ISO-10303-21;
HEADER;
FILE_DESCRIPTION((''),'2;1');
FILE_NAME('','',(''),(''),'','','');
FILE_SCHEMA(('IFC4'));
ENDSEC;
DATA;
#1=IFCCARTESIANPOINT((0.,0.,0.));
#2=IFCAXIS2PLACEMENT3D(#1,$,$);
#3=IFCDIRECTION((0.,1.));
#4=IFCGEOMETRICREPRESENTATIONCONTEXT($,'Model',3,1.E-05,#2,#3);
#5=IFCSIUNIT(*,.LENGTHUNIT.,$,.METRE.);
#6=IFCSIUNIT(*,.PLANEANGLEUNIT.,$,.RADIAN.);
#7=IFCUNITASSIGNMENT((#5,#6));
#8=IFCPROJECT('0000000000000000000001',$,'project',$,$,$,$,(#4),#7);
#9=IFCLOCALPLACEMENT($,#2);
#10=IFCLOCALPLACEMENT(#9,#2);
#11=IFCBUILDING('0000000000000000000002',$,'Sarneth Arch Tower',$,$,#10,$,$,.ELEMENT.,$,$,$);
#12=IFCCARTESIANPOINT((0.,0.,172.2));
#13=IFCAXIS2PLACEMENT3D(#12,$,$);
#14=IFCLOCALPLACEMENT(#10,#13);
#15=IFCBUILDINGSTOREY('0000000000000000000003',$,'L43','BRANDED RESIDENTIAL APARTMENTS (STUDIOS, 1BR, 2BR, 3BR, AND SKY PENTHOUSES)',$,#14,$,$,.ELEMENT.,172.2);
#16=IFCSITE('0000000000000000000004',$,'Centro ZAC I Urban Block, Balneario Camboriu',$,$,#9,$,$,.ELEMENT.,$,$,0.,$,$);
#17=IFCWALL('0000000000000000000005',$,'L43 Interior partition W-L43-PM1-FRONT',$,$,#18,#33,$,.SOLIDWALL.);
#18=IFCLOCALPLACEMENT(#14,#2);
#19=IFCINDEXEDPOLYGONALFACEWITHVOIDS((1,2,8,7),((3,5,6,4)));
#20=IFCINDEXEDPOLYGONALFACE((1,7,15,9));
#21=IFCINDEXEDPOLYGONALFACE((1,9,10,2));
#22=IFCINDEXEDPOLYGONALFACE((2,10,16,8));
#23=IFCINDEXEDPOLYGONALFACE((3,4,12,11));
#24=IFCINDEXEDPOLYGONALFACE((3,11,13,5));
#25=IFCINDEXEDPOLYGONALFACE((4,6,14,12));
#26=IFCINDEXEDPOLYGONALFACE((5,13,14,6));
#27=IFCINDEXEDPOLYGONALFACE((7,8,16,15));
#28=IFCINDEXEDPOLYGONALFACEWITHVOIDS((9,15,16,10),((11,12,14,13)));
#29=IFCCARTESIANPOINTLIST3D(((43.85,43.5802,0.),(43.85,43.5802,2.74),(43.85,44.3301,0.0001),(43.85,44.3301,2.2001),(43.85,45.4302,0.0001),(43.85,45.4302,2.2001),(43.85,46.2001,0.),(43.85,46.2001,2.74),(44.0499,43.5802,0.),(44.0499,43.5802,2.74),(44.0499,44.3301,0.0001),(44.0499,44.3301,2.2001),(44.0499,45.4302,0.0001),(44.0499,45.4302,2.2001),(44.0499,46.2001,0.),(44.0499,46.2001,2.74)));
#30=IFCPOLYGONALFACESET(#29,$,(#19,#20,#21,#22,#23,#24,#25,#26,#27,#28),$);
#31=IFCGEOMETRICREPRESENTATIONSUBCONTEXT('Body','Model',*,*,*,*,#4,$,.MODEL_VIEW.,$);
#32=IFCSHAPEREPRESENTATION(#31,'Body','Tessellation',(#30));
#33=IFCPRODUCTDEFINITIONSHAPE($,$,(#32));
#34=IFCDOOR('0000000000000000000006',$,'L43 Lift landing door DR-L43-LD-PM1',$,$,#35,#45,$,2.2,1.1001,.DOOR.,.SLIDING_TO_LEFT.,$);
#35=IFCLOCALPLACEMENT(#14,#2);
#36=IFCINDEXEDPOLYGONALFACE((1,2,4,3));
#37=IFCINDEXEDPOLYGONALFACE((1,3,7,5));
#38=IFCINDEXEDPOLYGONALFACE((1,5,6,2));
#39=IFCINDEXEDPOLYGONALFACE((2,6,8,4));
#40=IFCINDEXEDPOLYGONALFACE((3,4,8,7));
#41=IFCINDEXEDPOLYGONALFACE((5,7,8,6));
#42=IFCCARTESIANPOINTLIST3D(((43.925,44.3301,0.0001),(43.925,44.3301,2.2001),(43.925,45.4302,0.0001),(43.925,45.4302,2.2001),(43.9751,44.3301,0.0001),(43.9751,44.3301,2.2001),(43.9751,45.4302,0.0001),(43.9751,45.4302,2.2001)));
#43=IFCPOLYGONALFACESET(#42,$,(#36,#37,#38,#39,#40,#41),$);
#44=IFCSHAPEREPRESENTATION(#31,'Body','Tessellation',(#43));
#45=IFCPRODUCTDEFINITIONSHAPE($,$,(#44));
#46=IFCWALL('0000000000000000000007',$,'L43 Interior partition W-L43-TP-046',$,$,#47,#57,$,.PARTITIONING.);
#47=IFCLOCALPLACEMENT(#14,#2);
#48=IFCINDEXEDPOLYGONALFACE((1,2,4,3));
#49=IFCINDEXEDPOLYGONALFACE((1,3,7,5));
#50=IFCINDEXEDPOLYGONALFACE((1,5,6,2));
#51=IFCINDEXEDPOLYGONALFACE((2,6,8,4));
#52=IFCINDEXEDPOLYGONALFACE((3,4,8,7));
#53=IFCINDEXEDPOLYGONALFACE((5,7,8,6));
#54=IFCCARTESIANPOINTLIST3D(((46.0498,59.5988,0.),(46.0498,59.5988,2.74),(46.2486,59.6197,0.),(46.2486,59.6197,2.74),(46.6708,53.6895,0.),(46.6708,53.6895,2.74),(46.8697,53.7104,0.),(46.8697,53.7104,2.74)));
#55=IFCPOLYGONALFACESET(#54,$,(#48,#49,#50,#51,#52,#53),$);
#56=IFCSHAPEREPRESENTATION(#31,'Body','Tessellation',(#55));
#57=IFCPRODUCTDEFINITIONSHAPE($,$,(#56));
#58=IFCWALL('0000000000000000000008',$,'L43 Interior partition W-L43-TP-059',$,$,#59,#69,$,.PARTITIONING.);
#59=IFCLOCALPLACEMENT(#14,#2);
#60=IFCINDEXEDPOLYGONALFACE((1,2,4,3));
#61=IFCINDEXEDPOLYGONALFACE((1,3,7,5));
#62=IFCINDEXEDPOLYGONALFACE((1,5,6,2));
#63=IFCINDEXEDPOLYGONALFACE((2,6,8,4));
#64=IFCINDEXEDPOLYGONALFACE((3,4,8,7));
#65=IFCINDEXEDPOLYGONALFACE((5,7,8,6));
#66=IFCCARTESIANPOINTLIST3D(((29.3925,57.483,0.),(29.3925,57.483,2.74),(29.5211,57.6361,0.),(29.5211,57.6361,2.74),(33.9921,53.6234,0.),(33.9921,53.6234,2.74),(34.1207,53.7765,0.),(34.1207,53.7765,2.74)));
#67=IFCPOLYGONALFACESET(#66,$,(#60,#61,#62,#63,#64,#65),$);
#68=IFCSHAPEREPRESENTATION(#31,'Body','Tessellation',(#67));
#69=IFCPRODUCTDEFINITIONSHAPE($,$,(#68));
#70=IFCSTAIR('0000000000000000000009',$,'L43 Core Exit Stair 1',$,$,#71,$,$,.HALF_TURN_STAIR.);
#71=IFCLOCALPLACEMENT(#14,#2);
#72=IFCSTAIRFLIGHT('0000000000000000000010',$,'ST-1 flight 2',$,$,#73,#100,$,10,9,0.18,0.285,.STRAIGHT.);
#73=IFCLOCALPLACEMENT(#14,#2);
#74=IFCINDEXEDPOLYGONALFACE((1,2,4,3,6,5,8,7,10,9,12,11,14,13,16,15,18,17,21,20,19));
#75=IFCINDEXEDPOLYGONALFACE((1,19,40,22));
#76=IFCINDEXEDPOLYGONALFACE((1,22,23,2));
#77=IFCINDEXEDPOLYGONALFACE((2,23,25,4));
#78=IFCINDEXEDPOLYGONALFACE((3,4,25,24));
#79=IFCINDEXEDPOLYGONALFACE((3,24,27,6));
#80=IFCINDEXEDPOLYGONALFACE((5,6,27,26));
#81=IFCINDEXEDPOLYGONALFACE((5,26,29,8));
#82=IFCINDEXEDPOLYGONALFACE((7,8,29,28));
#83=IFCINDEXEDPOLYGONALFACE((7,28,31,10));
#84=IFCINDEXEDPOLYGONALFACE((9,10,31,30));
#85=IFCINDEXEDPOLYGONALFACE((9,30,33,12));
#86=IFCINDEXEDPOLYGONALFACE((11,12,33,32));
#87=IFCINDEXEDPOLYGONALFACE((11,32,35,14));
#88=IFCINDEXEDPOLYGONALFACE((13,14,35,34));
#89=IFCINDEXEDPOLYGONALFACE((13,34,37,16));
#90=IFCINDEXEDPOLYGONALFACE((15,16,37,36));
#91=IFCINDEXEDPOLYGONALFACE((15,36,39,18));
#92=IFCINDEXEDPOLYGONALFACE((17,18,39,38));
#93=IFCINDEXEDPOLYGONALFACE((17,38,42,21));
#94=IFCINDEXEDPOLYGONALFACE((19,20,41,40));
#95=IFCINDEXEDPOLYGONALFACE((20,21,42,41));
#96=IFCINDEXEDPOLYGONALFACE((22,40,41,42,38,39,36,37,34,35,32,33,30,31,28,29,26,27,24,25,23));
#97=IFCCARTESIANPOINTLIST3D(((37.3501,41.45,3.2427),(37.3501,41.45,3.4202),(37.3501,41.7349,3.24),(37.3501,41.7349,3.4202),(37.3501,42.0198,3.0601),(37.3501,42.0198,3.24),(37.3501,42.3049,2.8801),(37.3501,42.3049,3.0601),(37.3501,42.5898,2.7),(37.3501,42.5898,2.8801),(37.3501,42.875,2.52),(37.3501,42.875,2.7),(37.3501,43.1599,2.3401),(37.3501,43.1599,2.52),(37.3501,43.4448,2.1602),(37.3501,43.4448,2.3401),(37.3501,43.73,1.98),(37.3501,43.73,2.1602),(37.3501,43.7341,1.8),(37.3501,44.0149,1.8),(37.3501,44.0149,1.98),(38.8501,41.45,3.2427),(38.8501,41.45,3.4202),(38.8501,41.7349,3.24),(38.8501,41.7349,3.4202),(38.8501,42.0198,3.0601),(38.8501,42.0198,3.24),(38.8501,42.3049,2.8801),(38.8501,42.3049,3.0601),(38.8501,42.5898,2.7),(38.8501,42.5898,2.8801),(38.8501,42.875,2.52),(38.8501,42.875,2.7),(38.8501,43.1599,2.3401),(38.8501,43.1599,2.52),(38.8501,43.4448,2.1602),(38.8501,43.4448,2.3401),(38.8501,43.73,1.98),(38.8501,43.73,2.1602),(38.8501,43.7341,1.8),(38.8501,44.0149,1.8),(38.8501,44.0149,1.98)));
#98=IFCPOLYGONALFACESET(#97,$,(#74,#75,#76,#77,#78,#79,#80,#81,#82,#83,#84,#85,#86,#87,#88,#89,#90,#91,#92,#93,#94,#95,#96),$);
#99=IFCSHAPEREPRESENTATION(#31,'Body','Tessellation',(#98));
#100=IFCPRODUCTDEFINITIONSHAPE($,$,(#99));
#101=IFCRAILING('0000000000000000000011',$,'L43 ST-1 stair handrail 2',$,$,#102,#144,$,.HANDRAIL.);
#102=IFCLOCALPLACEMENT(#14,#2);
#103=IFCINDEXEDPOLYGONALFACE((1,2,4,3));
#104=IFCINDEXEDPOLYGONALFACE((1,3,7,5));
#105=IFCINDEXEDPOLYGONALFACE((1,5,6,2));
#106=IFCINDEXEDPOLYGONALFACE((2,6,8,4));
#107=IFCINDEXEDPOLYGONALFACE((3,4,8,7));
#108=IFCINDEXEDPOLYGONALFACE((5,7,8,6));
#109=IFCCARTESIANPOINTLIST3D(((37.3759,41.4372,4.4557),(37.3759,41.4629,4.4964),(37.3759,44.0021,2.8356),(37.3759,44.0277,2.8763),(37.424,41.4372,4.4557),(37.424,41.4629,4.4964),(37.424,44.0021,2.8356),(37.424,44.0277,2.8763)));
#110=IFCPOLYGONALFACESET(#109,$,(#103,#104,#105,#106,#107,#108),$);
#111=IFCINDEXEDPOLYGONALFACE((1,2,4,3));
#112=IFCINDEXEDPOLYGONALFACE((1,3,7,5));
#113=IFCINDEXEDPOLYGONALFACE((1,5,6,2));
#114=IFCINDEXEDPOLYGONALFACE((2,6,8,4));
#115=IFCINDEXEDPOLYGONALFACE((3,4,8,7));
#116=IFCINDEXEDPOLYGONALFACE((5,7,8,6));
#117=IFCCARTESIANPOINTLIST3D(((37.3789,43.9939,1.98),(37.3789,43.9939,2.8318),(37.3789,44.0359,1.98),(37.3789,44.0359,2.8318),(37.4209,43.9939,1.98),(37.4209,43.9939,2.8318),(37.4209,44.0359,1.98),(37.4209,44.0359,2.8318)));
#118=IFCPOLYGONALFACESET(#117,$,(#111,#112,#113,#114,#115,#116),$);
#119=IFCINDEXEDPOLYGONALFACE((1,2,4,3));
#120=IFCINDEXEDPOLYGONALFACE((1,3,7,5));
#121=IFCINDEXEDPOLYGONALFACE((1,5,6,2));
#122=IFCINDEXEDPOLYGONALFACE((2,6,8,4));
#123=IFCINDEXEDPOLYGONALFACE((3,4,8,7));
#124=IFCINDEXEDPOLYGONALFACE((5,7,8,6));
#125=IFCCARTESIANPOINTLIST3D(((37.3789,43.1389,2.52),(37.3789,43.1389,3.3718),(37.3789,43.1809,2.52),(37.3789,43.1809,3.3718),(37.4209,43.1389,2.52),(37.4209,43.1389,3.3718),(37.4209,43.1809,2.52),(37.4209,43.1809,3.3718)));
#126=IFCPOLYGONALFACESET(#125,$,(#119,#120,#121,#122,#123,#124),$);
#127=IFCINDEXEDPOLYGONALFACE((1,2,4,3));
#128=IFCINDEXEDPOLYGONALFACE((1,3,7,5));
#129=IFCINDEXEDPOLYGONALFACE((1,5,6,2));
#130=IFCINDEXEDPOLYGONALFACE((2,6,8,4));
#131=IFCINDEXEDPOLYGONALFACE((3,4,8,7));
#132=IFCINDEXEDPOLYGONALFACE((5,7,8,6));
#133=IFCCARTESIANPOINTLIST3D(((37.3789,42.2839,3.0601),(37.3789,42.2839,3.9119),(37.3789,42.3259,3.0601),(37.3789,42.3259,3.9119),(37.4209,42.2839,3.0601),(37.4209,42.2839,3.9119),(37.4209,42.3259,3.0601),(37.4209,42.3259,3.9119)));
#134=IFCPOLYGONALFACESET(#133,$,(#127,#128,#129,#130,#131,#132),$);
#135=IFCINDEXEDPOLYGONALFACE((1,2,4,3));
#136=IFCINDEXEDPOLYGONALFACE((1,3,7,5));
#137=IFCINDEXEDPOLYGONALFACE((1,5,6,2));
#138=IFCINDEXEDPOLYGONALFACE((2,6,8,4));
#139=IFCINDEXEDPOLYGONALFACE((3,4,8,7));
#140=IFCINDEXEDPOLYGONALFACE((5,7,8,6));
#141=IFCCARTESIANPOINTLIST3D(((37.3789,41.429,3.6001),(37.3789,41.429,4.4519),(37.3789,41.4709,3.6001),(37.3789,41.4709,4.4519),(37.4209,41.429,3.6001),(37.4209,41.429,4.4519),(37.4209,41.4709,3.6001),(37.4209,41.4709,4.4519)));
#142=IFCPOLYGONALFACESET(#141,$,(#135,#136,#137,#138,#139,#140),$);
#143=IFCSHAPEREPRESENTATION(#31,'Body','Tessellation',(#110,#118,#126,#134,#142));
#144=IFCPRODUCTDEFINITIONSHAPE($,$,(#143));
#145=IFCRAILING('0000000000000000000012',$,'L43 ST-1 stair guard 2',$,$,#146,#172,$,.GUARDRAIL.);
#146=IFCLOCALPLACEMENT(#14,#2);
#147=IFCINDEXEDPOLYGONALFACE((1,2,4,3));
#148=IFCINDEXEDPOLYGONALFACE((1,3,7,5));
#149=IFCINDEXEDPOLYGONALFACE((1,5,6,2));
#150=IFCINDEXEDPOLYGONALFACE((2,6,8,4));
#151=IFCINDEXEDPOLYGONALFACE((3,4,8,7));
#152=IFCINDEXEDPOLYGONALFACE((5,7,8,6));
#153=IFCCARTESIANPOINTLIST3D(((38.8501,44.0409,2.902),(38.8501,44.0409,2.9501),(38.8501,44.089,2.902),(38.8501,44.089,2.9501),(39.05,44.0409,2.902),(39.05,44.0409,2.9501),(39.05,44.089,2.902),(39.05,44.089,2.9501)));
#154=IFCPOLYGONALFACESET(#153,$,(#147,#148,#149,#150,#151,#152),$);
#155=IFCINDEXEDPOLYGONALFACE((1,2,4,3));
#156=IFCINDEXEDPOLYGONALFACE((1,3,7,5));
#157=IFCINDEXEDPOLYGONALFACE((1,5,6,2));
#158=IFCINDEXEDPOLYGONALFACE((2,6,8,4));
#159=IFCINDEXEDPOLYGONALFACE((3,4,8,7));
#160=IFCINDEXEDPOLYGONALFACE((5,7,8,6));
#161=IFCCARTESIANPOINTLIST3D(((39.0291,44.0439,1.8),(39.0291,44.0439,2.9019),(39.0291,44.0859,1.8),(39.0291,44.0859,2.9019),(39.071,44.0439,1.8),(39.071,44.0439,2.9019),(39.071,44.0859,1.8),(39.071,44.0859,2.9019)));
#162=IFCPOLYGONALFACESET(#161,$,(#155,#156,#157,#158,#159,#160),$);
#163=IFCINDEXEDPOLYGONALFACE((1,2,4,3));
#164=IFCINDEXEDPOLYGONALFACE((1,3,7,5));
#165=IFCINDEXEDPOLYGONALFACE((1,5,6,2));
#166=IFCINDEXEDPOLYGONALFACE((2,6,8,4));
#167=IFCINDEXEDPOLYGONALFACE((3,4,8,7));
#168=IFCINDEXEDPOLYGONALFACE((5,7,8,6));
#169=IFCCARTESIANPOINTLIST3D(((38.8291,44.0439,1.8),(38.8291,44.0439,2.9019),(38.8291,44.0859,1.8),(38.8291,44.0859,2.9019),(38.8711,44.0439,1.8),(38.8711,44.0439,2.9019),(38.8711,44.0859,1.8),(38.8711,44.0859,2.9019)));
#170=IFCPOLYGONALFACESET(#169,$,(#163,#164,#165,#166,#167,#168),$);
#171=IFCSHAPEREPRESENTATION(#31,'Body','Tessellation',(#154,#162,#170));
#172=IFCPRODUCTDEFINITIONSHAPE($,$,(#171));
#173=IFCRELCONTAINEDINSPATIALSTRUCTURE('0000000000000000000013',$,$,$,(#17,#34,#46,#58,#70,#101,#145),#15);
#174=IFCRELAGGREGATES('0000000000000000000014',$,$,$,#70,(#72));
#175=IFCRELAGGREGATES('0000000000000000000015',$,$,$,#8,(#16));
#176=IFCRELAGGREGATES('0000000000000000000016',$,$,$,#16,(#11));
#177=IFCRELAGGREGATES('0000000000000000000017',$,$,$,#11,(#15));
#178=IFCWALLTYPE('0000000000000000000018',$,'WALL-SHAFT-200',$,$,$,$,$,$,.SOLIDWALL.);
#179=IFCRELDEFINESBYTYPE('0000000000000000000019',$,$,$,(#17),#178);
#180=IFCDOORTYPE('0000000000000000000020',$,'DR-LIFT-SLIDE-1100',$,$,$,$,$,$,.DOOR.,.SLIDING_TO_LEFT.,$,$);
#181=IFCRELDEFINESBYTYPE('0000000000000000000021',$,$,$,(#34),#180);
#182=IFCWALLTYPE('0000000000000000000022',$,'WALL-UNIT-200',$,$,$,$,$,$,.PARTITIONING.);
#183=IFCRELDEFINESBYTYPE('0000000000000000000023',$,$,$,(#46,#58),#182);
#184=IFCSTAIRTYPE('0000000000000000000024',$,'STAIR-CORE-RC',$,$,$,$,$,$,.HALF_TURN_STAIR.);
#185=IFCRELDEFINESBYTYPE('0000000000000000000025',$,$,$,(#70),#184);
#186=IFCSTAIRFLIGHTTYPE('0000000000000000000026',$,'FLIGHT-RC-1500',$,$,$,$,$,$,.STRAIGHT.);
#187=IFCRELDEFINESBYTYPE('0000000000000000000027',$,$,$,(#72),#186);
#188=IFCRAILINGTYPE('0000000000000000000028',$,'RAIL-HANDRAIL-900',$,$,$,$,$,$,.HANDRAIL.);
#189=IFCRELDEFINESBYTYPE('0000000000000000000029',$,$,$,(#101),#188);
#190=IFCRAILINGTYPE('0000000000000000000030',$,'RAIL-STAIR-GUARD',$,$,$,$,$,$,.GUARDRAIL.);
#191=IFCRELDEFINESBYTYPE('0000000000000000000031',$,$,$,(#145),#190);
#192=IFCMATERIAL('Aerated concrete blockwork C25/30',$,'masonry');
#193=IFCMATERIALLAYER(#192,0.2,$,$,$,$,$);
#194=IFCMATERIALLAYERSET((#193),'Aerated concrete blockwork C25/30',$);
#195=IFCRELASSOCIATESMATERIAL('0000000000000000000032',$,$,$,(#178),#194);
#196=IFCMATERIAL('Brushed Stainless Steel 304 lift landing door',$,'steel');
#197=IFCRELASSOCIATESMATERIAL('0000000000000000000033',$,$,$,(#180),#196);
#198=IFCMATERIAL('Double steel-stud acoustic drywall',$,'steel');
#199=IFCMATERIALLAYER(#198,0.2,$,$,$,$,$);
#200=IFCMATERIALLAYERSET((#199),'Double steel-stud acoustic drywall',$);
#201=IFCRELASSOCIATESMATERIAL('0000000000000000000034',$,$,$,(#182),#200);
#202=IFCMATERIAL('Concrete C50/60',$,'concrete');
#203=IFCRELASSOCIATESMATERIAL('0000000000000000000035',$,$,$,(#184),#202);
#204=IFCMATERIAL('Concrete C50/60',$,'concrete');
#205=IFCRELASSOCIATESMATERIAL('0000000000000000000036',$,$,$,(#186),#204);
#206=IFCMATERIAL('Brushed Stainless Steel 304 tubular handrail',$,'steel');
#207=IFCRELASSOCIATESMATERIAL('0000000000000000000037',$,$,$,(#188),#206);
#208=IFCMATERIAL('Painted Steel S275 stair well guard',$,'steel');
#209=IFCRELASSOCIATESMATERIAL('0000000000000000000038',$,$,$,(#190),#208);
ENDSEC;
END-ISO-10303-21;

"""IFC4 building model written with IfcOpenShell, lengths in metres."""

from ifc_helpers import new_model, si_unit, direction, frame, frame_2d, origin, origin_2d, place, context, subcontext, project, spatial, polyline, rectangle, outline, extrude, material, layer, layer_set, type_object, element, fill, aggregate, save


model = new_model("IFC4")

# Units and contexts
model_context = context("Model", 3, precision=1e-05, world=origin(), true_north=direction((0.0, 1.0)))
body_context = subcontext(model_context, "Body", "Model", "MODEL_VIEW")
ifc_project = project(units=[si_unit("LENGTHUNIT", "METRE"), si_unit("PLANEANGLEUNIT", "RADIAN")], contexts=[model_context])

# Site, building, storey
site_placement = place(None, origin())
site = spatial("IfcSite", under=ifc_project, at=site_placement, Name="Centro ZAC I Urban Block, Balneario Camboriu", CompositionType="ELEMENT", RefElevation=0.0)
building_placement = place(site_placement, origin())
building = spatial("IfcBuilding", under=site, at=building_placement, Name="Sarneth Arch Tower", CompositionType="ELEMENT")
storey_placement = place(building_placement, frame((0.0, 0.0, 172.2)))
storey = spatial("IfcBuildingStorey", under=building, at=storey_placement, Name="L43", Description="BRANDED RESIDENTIAL APARTMENTS (STUDIOS, 1BR, 2BR, 3BR, AND SKY PENTHOUSES)", CompositionType="ELEMENT", Elevation=172.2)

# Shared definitions
ifc_material_1 = material(Name="Aerated concrete blockwork C25/30", Category="masonry")
ifc_layer_1 = layer(ifc_material_1, 0.2)
ifc_layer_set_1 = layer_set([ifc_layer_1], Name="Aerated concrete blockwork C25/30")
wall_type_1 = type_object("IfcWallType", Name="WALL-SHAFT-200", PredefinedType="SOLIDWALL", material=ifc_layer_set_1)

# Wall, opening, door
wall_1_placement = place(storey_placement, frame((43.95, 43.5801, 0.0), z_axis=(0.0, 0.0, 1.0), x_axis=(0.0, 1.0, 0.0)))
wall_1 = element("IfcWall", 1, at=wall_1_placement, inside=storey, type_object=wall_type_1, Name="L43 Interior partition W-L43-PM1-FRONT", PredefinedType="SOLIDWALL", context=body_context, shape_type="SweptSolid", body=[
    extrude(rectangle(XDim=2.6199, YDim=0.2, at=frame_2d((1.3101, 0.0))), origin(), (0.0, 0.0, 1.0), 2.74),
])
opening_1_placement = place(wall_1_placement, frame((0.75, 0.0, 0.0)))
opening_1 = element("IfcOpeningElement", 2, at=opening_1_placement, cuts=wall_1, PredefinedType="OPENING", context=body_context, shape_type="SweptSolid", body=[
    extrude(rectangle(XDim=1.1001, YDim=2.2, at=frame_2d((0.55, 1.1001))), frame((0.0, 0.1099, 0.0), z_axis=(0.0, -1.0, 0.0), x_axis=(1.0, 0.0, 0.0)), (0.0, 0.0, 1.0), 0.22),
])
ifc_material_2 = material(Name="Brushed Stainless Steel 304 lift landing door", Category="steel")
door_type_1 = type_object("IfcDoorType", Name="DR-LIFT-SLIDE-1100", OperationType="SLIDING_TO_LEFT", PredefinedType="DOOR", material=ifc_material_2)
door_1_placement = place(opening_1_placement, origin())
door_1 = element("IfcDoor", 3, at=door_1_placement, inside=storey, type_object=door_type_1, Name="L43 Lift landing door DR-L43-LD-PM1", OperationType="SLIDING_TO_LEFT", OverallHeight=2.2, OverallWidth=1.1001, PredefinedType="DOOR", context=body_context, shape_type="SweptSolid", body=[
    extrude(rectangle(XDim=1.1001, YDim=2.2, at=frame_2d((0.55, 1.1001))), frame((0.0, 0.0249, 0.0), z_axis=(0.0, -1.0, 0.0), x_axis=(1.0, 0.0, 0.0)), (0.0, 0.0, 1.0), 0.05),
])
fill(opening_1, door_1)

# Walls
ifc_material_3 = material(Name="Double steel-stud acoustic drywall", Category="steel")
ifc_layer_2 = layer(ifc_material_3, 0.2)
ifc_layer_set_2 = layer_set([ifc_layer_2], Name="Double steel-stud acoustic drywall")
wall_type_2 = type_object("IfcWallType", Name="WALL-UNIT-200", PredefinedType="PARTITIONING", material=ifc_layer_set_2)
wall_2_placement = place(storey_placement, frame((46.7703, 53.7, 0.0), z_axis=(0.0, 0.0, 1.0), x_axis=(-0.104527, 0.994522, 0.0)))
element("IfcWall", 4, at=wall_2_placement, inside=storey, type_object=wall_type_2, Name="L43 Interior partition W-L43-TP-046", PredefinedType="PARTITIONING", context=body_context, shape_type="SweptSolid", body=[
    extrude(rectangle(XDim=5.9419, YDim=0.2, at=frame_2d((2.9709, 0.0))), origin(), (0.0, 0.0, 1.0), 2.74),
])
wall_3_placement = place(storey_placement, frame((34.0564, 53.7, 0.0), z_axis=(0.0, 0.0, 1.0), x_axis=(-0.766037, 0.642796, 0.0)))
element("IfcWall", 5, at=wall_3_placement, inside=storey, type_object=wall_type_2, Name="L43 Interior partition W-L43-TP-059", PredefinedType="PARTITIONING", context=body_context, shape_type="SweptSolid", body=[
    extrude(rectangle(XDim=6.0044, YDim=0.2, at=frame_2d((3.0022, 0.0))), origin(), (0.0, 0.0, 1.0), 2.74),
])

# Stair, stair flight
ifc_material_4 = material(Name="Concrete C50/60", Category="concrete")
stair_type = type_object("IfcStairType", Name="STAIR-CORE-RC", PredefinedType="HALF_TURN_STAIR", material=ifc_material_4)
stair_placement = place(storey_placement, origin())
stair = element("IfcStair", 6, at=stair_placement, inside=storey, type_object=stair_type, Name="L43 Core Exit Stair 1", PredefinedType="HALF_TURN_STAIR")
ifc_material_5 = material(Name="Concrete C50/60", Category="concrete")
stair_flight_type = type_object("IfcStairFlightType", Name="FLIGHT-RC-1500", PredefinedType="STRAIGHT", material=ifc_material_5)
stair_flight_placement = place(storey_placement, frame((38.1001, 44.0149, 1.8), z_axis=(0.0, 0.0, 1.0), x_axis=(0.0, -1.0, 0.0)))
stair_flight = element("IfcStairFlight", 7, at=stair_flight_placement, type_object=stair_flight_type, Name="ST-1 flight 2", NumberOfRisers=10, NumberOfTreads=9, PredefinedType="STRAIGHT", RiserHeight=0.18, TreadLength=0.285, context=body_context, shape_type="SweptSolid", body=[
    extrude(outline(polyline([(0.0, 0.0), (0.0, 0.1799), (0.2849, 0.1799), (0.2849, 0.3601), (0.5701, 0.3601), (0.5701, 0.54), (0.855, 0.54), (0.855, 0.72), (1.1399, 0.72), (1.1399, 0.8999), (1.425, 0.8999), (1.425, 1.0801), (1.71, 1.0801), (1.71, 1.26), (1.9951, 1.26), (1.9951, 1.4399), (2.28, 1.4399), (2.28, 1.6201), (2.5649, 1.6201), (2.5649, 1.8), (2.5649, 1.4426), (0.2808, 0.0), (0.0, 0.0)])), frame((0.0, 0.75, 0.0), z_axis=(0.0, -1.0, 0.0), x_axis=(1.0, 0.0, 0.0)), (0.0, 0.0, 1.0), 1.5),
])
aggregate(stair, [stair_flight])

# Railings
ifc_material_6 = material(Name="Brushed Stainless Steel 304 tubular handrail", Category="steel")
railing_type_1 = type_object("IfcRailingType", Name="RAIL-HANDRAIL-900", PredefinedType="HANDRAIL", material=ifc_material_6)
railing_1_placement = place(storey_placement, frame((37.3999, 44.0149, 1.98)))
element("IfcRailing", 8, at=railing_1_placement, inside=storey, type_object=railing_type_1, Name="L43 ST-1 stair handrail 2", PredefinedType="HANDRAIL", context=body_context, shape_type="SweptSolid", body=[
    extrude(rectangle(XDim=0.0481, YDim=0.0481, at=origin_2d()), frame((0.0, 0.0, 0.876), z_axis=(0.0, -0.845466, 0.534029), x_axis=(1.0, 0.0, 0.0)), (0.0, 0.0, 1.0), 3.0337),
    extrude(rectangle(XDim=0.042, YDim=0.042, at=origin_2d()), origin(), (0.0, 0.0, 1.0), 0.8518),
    extrude(rectangle(XDim=0.042, YDim=0.042, at=origin_2d()), frame((0.0, -0.855, 0.54)), (0.0, 0.0, 1.0), 0.8518),
    extrude(rectangle(XDim=0.042, YDim=0.042, at=origin_2d()), frame((0.0, -1.71, 1.0801)), (0.0, 0.0, 1.0), 0.8518),
    extrude(rectangle(XDim=0.042, YDim=0.042, at=origin_2d()), frame((0.0, -2.5649, 1.6201)), (0.0, 0.0, 1.0), 0.8518),
])
ifc_material_7 = material(Name="Painted Steel S275 stair well guard", Category="steel")
railing_type_2 = type_object("IfcRailingType", Name="RAIL-STAIR-GUARD", PredefinedType="GUARDRAIL", material=ifc_material_7)
railing_2_placement = place(storey_placement, frame((39.05, 44.0649, 1.8)))
element("IfcRailing", 9, at=railing_2_placement, inside=storey, type_object=railing_type_2, Name="L43 ST-1 stair guard 2", PredefinedType="GUARDRAIL", context=body_context, shape_type="SweptSolid", body=[
    extrude(rectangle(XDim=0.0481, YDim=0.0481, at=origin_2d()), frame((0.0, 0.0, 1.126), z_axis=(-1.0, 0.0, 0.0), x_axis=(0.0, -1.0, 0.0)), (0.0, 0.0, 1.0), 0.2),
    extrude(rectangle(XDim=0.042, YDim=0.042, at=origin_2d()), origin(), (0.0, 0.0, 1.0), 1.1018),
    extrude(rectangle(XDim=0.042, YDim=0.042, at=origin_2d()), frame((-0.2, 0.0, 0.0)), (0.0, 0.0, 1.0), 1.1018),
])

save(model, "model.ifc")
